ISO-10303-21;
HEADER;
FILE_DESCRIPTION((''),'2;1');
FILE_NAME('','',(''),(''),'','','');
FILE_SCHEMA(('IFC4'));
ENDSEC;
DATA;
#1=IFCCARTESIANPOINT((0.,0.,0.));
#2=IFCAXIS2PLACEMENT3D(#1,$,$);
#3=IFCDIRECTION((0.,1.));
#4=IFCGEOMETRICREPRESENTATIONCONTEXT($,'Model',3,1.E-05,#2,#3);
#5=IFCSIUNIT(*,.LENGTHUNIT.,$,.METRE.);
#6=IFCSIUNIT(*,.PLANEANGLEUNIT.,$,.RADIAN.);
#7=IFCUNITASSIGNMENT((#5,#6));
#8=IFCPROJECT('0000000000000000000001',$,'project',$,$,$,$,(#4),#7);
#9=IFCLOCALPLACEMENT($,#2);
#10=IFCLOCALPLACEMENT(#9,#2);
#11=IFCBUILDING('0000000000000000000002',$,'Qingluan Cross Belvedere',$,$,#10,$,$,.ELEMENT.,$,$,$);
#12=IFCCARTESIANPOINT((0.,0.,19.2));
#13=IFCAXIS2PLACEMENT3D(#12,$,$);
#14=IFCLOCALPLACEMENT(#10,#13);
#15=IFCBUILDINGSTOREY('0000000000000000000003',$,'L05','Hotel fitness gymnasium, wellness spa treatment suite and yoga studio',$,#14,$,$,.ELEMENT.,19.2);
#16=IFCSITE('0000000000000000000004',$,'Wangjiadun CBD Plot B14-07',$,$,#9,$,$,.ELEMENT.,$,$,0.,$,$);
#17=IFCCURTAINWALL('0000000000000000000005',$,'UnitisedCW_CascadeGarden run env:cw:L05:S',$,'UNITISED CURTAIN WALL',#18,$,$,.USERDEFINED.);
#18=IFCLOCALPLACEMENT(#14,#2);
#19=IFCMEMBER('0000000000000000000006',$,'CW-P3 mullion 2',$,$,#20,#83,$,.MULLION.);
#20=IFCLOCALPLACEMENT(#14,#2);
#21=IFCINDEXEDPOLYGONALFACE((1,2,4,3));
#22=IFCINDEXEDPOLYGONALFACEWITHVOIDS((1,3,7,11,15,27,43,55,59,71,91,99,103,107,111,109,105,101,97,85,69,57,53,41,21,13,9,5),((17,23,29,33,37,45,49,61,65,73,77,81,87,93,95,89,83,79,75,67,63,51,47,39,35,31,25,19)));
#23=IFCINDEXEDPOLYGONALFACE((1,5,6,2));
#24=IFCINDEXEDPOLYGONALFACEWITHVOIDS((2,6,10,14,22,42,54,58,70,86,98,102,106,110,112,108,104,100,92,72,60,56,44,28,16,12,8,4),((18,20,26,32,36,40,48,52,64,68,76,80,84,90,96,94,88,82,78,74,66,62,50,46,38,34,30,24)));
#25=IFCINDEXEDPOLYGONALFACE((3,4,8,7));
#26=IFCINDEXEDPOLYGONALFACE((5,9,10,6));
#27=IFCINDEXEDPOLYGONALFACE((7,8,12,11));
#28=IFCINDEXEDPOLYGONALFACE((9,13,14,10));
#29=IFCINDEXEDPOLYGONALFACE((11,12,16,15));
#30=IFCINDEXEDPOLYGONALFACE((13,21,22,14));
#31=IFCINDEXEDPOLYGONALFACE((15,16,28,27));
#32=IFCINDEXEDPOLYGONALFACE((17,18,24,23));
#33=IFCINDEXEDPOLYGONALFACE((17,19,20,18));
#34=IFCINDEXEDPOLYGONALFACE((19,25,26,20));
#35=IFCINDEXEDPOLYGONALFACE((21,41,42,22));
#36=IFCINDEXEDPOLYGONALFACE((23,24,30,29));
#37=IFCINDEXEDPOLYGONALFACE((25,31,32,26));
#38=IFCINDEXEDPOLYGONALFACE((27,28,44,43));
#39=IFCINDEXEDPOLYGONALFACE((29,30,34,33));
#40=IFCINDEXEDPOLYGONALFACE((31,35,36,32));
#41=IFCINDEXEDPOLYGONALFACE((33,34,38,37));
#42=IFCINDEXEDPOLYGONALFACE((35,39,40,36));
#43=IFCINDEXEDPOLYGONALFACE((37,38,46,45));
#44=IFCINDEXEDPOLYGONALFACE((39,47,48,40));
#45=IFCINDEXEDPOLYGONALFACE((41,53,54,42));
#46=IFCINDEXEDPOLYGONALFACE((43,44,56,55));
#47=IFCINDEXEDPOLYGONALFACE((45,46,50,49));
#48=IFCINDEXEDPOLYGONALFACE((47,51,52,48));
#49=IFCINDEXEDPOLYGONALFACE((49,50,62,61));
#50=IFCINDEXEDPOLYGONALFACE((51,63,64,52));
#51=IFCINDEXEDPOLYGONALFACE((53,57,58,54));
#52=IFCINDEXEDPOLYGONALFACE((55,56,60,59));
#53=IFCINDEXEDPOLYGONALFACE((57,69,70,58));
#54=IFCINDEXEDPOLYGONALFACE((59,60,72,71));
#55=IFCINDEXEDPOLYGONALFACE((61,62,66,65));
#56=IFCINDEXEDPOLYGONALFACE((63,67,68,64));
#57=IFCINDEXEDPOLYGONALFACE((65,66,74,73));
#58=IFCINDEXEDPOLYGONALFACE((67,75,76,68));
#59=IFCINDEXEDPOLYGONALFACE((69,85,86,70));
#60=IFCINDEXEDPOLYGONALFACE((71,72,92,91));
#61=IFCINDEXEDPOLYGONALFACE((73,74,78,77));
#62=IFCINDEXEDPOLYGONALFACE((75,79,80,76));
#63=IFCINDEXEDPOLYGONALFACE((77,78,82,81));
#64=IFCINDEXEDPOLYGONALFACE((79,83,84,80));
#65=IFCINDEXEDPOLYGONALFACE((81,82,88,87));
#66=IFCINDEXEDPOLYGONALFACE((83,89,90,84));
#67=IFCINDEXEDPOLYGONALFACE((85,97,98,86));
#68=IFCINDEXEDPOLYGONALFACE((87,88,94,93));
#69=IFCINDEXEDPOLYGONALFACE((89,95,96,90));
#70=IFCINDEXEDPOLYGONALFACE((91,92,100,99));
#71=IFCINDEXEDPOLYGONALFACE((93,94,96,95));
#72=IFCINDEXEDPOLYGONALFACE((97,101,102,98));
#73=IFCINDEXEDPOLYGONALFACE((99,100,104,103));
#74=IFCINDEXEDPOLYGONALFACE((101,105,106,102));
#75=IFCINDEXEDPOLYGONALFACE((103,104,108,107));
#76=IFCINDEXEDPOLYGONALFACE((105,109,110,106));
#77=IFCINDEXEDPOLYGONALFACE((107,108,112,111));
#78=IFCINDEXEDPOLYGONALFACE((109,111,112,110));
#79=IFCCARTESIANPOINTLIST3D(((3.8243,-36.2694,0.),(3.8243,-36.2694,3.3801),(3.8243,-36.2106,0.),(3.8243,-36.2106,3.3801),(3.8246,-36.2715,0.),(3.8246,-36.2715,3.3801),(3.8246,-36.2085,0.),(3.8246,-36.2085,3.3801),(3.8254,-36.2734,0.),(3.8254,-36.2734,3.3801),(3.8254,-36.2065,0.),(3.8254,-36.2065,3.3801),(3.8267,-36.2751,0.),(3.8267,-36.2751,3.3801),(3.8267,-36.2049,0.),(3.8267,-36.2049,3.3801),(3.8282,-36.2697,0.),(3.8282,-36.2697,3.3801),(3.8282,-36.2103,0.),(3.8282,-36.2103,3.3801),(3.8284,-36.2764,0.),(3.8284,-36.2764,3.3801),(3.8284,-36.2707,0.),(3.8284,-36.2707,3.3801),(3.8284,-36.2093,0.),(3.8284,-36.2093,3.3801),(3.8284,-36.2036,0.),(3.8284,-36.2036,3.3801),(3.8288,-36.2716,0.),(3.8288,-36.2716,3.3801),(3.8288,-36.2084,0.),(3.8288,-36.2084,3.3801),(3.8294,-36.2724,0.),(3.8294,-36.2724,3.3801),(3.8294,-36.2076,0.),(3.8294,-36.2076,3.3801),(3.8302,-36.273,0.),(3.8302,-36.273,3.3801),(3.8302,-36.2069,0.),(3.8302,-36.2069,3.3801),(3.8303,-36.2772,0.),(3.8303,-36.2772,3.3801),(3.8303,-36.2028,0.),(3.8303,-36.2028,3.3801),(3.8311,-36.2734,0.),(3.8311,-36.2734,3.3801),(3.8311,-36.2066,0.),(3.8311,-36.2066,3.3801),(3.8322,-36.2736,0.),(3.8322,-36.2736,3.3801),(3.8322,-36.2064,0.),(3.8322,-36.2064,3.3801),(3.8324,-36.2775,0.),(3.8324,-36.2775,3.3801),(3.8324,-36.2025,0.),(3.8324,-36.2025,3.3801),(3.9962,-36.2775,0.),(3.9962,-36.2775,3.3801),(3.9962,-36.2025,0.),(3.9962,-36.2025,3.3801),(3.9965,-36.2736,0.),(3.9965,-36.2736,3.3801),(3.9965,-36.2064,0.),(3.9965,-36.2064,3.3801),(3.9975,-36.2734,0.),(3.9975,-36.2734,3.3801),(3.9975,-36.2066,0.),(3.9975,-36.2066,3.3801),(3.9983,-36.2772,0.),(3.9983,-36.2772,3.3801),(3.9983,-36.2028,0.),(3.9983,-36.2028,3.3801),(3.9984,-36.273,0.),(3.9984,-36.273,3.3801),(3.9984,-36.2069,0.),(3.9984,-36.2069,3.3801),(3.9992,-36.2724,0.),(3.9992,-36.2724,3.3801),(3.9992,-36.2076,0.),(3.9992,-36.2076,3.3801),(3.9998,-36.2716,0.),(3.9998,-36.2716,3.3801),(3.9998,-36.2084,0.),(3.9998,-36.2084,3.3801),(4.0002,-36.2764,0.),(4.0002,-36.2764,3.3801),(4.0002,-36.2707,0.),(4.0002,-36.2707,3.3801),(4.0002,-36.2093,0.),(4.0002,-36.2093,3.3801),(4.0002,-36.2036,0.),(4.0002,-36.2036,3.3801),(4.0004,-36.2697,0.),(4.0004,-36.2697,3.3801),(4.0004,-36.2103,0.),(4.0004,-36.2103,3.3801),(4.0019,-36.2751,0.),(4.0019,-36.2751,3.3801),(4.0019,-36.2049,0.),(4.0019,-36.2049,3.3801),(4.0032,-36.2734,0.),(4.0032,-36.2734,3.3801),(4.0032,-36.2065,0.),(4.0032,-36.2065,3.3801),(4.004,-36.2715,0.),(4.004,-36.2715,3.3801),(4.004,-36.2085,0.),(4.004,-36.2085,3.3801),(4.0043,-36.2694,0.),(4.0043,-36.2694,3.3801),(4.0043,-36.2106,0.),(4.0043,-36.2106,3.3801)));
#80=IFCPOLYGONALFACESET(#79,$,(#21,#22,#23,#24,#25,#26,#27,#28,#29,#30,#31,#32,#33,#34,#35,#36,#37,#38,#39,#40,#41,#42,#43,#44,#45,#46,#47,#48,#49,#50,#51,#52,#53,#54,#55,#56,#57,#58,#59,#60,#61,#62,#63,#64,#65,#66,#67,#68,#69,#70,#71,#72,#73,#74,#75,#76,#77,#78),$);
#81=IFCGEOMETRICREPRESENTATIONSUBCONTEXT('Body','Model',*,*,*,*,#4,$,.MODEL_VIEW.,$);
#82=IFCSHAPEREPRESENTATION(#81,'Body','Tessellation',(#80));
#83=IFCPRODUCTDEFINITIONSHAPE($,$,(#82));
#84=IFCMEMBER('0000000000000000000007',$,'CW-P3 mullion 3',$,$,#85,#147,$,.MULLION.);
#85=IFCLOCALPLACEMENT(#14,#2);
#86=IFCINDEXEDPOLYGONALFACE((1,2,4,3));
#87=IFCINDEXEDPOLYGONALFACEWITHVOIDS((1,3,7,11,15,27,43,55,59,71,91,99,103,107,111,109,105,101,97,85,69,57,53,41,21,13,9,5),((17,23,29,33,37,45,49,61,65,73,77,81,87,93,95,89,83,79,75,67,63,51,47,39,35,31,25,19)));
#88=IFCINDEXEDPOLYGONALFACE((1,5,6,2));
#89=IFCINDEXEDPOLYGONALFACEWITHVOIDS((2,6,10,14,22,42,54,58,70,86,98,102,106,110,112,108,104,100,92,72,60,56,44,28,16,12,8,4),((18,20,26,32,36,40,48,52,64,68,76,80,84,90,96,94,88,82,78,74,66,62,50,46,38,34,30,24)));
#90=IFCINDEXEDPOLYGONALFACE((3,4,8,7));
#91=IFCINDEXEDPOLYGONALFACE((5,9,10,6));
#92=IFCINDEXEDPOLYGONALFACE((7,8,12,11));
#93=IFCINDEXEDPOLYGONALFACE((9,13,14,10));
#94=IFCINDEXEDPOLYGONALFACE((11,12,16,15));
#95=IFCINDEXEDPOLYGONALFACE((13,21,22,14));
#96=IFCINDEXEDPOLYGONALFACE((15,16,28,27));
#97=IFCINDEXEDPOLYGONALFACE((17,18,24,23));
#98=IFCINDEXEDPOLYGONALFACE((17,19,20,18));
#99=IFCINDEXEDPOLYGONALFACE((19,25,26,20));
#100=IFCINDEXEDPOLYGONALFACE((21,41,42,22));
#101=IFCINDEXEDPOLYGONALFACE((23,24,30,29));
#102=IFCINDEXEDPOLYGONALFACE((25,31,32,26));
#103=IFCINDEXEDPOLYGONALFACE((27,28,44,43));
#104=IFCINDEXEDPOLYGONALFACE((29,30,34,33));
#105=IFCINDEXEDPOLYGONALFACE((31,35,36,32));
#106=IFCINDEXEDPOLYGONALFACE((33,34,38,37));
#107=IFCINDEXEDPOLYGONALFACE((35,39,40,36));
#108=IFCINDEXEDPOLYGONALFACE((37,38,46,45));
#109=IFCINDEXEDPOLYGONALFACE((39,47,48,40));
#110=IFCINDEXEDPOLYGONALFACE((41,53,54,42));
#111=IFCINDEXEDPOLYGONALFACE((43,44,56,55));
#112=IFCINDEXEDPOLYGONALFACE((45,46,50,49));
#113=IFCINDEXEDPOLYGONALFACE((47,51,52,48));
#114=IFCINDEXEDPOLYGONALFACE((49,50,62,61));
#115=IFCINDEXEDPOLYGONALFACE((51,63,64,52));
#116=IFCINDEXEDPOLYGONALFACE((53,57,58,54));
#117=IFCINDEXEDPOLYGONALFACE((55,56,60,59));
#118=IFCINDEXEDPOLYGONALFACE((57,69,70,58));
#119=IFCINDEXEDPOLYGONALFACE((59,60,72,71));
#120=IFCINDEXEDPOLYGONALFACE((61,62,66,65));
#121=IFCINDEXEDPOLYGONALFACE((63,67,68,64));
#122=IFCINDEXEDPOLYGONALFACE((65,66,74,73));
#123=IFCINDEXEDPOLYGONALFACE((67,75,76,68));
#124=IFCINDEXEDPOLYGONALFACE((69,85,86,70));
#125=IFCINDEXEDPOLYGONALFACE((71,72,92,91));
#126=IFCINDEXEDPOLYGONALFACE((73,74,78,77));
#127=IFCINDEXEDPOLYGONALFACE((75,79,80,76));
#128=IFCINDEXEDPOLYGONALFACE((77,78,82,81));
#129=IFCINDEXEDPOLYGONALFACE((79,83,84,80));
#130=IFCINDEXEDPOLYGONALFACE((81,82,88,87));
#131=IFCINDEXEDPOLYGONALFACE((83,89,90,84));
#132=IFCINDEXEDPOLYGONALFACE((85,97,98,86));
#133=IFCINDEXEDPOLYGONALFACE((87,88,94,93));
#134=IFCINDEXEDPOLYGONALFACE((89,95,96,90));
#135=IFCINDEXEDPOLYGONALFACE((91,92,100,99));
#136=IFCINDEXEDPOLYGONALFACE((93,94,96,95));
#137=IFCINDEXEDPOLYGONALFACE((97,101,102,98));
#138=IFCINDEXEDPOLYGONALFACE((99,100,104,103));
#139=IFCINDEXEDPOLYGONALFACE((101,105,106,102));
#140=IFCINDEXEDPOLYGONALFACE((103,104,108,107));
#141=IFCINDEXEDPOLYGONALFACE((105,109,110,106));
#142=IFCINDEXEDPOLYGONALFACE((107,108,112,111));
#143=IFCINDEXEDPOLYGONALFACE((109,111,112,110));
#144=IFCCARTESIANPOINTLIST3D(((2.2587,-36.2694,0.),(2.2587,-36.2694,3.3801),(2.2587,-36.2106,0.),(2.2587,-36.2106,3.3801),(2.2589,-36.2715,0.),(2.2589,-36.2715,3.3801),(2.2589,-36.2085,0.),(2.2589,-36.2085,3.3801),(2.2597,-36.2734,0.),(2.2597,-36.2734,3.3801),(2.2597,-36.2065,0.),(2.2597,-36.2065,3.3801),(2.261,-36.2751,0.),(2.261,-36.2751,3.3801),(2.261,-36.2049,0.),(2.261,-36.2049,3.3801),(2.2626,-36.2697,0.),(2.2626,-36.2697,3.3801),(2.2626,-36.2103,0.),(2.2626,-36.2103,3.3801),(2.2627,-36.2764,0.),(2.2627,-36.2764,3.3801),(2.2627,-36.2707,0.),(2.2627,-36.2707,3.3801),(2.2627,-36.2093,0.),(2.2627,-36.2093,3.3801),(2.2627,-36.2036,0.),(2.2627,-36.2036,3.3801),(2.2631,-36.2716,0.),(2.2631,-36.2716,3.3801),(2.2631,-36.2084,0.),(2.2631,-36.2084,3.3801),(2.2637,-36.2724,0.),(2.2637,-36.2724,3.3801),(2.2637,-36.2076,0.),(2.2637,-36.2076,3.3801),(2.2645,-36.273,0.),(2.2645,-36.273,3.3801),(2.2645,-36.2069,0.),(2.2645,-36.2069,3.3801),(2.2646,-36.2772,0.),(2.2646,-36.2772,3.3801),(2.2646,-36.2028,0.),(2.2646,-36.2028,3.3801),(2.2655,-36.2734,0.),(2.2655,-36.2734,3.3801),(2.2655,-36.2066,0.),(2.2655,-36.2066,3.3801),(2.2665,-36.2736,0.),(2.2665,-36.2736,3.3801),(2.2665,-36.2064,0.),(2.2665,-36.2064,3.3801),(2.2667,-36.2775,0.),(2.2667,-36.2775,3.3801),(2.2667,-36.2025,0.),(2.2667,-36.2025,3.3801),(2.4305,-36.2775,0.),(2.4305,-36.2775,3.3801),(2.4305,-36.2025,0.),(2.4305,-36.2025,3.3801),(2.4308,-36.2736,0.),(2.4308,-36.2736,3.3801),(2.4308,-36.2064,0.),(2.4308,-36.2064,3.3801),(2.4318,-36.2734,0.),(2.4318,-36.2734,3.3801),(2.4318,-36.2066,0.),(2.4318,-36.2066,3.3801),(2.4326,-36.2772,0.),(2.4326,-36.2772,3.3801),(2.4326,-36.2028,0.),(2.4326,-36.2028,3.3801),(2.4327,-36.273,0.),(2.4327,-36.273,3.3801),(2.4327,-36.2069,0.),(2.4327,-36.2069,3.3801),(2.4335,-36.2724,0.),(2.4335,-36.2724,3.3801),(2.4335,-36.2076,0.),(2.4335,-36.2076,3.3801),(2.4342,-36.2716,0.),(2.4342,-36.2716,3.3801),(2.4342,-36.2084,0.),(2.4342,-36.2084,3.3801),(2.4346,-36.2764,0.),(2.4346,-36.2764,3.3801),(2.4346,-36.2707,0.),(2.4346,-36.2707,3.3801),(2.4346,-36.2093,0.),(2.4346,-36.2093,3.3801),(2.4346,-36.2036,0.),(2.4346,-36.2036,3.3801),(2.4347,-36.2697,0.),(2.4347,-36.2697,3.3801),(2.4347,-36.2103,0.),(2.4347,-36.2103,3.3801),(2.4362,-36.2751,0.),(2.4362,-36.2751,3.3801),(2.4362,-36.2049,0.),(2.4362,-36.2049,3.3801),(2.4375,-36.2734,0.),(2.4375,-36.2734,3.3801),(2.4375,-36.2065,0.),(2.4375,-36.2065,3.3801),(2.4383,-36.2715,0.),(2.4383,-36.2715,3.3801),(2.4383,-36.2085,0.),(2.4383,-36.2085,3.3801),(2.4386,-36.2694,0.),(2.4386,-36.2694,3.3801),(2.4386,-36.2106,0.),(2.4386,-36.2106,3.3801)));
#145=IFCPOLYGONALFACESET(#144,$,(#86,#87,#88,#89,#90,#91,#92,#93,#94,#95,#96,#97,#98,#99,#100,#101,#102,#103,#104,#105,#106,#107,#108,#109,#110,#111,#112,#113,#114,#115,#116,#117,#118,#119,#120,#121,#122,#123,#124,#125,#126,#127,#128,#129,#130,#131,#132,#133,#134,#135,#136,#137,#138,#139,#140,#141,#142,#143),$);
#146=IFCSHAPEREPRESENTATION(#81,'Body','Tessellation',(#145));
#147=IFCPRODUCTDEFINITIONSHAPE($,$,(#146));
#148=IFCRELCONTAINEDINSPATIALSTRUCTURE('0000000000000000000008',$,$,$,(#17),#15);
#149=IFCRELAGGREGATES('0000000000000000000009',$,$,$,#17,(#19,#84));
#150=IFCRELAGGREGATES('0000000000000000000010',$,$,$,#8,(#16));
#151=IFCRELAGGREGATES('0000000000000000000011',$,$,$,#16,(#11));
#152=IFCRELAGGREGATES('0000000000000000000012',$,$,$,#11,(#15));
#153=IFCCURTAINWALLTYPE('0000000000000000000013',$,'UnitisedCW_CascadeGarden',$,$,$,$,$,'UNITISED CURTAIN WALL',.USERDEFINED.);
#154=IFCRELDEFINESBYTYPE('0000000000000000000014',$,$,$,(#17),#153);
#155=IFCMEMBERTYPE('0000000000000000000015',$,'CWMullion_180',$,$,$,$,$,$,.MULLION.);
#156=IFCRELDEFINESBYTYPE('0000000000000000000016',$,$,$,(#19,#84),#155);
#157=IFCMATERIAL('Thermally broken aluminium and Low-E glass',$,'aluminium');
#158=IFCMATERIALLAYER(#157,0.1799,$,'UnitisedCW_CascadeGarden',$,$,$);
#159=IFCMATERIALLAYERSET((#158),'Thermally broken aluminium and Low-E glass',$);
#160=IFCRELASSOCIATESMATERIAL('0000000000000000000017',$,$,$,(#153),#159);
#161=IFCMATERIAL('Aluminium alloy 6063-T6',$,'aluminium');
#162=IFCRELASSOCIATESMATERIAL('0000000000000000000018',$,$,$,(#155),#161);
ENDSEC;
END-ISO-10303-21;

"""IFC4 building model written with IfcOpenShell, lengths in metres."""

from ifc_helpers import new_model, si_unit, direction, frame, origin, origin_2d, place, context, subcontext, project, spatial, hollow_rectangle, extrude, material, layer, layer_set, material_profile, profile_set, type_object, element, aggregate, save


model = new_model("IFC4")

# Units and contexts
model_context = context("Model", 3, precision=1e-05, world=origin(), true_north=direction((0.0, 1.0)))
body_context = subcontext(model_context, "Body", "Model", "MODEL_VIEW")
ifc_project = project(units=[si_unit("LENGTHUNIT", "METRE"), si_unit("PLANEANGLEUNIT", "RADIAN")], contexts=[model_context])

# Site, building, storey
site_placement = place(None, origin())
site = spatial("IfcSite", under=ifc_project, at=site_placement, Name="Wangjiadun CBD Plot B14-07", CompositionType="ELEMENT", RefElevation=0.0)
building_placement = place(site_placement, origin())
building = spatial("IfcBuilding", under=site, at=building_placement, Name="Qingluan Cross Belvedere", CompositionType="ELEMENT")
storey_placement = place(building_placement, frame((0.0, 0.0, 19.2)))
storey = spatial("IfcBuildingStorey", under=building, at=storey_placement, Name="L05", Description="Hotel fitness gymnasium, wellness spa treatment suite and yoga studio", CompositionType="ELEMENT", Elevation=19.2)

# Curtain wall, members
ifc_material_1 = material(Name="Thermally broken aluminium and Low-E glass", Category="aluminium")
ifc_layer_1 = layer(ifc_material_1, 0.1799, Name="UnitisedCW_CascadeGarden")
ifc_layer_set_1 = layer_set([ifc_layer_1], Name="Thermally broken aluminium and Low-E glass")
curtain_wall_type = type_object("IfcCurtainWallType", Name="UnitisedCW_CascadeGarden", ElementType="UNITISED CURTAIN WALL", PredefinedType="USERDEFINED", material=ifc_layer_set_1)
curtain_wall_placement = place(storey_placement, origin())
curtain_wall = element("IfcCurtainWall", 1, at=curtain_wall_placement, inside=storey, type_object=curtain_wall_type, Name="UnitisedCW_CascadeGarden run env:cw:L05:S", ObjectType="UNITISED CURTAIN WALL", PredefinedType="USERDEFINED")
ifc_material_2 = material(Name="Aluminium alloy 6063-T6", Category="aluminium")
ifc_material_profile_1 = material_profile(ifc_material_2, hollow_rectangle(XDim=0.075, YDim=0.1799, WallThickness=0.0039, InnerFilletRadius=0.0039, OuterFilletRadius=0.0081, at=origin_2d()), Name="CWM180x75x4")
ifc_profile_set_1 = profile_set([ifc_material_profile_1], Name="Aluminium alloy 6063-T6")
member_type_1 = type_object("IfcMemberType", Name="CWMullion_180", PredefinedType="MULLION", material=ifc_profile_set_1)
member_1_placement = place(storey_placement, frame((3.9143, -36.24, 0.0), z_axis=(0.0, 0.0, 1.0), x_axis=(0.0, -1.0, 0.0)))
member_1 = element("IfcMember", 2, at=member_1_placement, type_object=member_type_1, Name="CW-P3 mullion 2", PredefinedType="MULLION", context=body_context, shape_type="SweptSolid", body=[
    extrude(hollow_rectangle(XDim=0.075, YDim=0.1799, WallThickness=0.0039, InnerFilletRadius=0.0039, OuterFilletRadius=0.0081, at=origin_2d()), origin(), (0.0, 0.0, 1.0), 3.3801),
])
member_2_placement = place(storey_placement, frame((2.3486, -36.24, 0.0), z_axis=(0.0, 0.0, 1.0), x_axis=(0.0, -1.0, 0.0)))
member_2 = element("IfcMember", 3, at=member_2_placement, type_object=member_type_1, Name="CW-P3 mullion 3", PredefinedType="MULLION", context=body_context, shape_type="SweptSolid", body=[
    extrude(hollow_rectangle(XDim=0.075, YDim=0.1799, WallThickness=0.0039, InnerFilletRadius=0.0039, OuterFilletRadius=0.0081, at=origin_2d()), origin(), (0.0, 0.0, 1.0), 3.3801),
])
aggregate(curtain_wall, [member_1, member_2])

save(model, "model.ifc")
